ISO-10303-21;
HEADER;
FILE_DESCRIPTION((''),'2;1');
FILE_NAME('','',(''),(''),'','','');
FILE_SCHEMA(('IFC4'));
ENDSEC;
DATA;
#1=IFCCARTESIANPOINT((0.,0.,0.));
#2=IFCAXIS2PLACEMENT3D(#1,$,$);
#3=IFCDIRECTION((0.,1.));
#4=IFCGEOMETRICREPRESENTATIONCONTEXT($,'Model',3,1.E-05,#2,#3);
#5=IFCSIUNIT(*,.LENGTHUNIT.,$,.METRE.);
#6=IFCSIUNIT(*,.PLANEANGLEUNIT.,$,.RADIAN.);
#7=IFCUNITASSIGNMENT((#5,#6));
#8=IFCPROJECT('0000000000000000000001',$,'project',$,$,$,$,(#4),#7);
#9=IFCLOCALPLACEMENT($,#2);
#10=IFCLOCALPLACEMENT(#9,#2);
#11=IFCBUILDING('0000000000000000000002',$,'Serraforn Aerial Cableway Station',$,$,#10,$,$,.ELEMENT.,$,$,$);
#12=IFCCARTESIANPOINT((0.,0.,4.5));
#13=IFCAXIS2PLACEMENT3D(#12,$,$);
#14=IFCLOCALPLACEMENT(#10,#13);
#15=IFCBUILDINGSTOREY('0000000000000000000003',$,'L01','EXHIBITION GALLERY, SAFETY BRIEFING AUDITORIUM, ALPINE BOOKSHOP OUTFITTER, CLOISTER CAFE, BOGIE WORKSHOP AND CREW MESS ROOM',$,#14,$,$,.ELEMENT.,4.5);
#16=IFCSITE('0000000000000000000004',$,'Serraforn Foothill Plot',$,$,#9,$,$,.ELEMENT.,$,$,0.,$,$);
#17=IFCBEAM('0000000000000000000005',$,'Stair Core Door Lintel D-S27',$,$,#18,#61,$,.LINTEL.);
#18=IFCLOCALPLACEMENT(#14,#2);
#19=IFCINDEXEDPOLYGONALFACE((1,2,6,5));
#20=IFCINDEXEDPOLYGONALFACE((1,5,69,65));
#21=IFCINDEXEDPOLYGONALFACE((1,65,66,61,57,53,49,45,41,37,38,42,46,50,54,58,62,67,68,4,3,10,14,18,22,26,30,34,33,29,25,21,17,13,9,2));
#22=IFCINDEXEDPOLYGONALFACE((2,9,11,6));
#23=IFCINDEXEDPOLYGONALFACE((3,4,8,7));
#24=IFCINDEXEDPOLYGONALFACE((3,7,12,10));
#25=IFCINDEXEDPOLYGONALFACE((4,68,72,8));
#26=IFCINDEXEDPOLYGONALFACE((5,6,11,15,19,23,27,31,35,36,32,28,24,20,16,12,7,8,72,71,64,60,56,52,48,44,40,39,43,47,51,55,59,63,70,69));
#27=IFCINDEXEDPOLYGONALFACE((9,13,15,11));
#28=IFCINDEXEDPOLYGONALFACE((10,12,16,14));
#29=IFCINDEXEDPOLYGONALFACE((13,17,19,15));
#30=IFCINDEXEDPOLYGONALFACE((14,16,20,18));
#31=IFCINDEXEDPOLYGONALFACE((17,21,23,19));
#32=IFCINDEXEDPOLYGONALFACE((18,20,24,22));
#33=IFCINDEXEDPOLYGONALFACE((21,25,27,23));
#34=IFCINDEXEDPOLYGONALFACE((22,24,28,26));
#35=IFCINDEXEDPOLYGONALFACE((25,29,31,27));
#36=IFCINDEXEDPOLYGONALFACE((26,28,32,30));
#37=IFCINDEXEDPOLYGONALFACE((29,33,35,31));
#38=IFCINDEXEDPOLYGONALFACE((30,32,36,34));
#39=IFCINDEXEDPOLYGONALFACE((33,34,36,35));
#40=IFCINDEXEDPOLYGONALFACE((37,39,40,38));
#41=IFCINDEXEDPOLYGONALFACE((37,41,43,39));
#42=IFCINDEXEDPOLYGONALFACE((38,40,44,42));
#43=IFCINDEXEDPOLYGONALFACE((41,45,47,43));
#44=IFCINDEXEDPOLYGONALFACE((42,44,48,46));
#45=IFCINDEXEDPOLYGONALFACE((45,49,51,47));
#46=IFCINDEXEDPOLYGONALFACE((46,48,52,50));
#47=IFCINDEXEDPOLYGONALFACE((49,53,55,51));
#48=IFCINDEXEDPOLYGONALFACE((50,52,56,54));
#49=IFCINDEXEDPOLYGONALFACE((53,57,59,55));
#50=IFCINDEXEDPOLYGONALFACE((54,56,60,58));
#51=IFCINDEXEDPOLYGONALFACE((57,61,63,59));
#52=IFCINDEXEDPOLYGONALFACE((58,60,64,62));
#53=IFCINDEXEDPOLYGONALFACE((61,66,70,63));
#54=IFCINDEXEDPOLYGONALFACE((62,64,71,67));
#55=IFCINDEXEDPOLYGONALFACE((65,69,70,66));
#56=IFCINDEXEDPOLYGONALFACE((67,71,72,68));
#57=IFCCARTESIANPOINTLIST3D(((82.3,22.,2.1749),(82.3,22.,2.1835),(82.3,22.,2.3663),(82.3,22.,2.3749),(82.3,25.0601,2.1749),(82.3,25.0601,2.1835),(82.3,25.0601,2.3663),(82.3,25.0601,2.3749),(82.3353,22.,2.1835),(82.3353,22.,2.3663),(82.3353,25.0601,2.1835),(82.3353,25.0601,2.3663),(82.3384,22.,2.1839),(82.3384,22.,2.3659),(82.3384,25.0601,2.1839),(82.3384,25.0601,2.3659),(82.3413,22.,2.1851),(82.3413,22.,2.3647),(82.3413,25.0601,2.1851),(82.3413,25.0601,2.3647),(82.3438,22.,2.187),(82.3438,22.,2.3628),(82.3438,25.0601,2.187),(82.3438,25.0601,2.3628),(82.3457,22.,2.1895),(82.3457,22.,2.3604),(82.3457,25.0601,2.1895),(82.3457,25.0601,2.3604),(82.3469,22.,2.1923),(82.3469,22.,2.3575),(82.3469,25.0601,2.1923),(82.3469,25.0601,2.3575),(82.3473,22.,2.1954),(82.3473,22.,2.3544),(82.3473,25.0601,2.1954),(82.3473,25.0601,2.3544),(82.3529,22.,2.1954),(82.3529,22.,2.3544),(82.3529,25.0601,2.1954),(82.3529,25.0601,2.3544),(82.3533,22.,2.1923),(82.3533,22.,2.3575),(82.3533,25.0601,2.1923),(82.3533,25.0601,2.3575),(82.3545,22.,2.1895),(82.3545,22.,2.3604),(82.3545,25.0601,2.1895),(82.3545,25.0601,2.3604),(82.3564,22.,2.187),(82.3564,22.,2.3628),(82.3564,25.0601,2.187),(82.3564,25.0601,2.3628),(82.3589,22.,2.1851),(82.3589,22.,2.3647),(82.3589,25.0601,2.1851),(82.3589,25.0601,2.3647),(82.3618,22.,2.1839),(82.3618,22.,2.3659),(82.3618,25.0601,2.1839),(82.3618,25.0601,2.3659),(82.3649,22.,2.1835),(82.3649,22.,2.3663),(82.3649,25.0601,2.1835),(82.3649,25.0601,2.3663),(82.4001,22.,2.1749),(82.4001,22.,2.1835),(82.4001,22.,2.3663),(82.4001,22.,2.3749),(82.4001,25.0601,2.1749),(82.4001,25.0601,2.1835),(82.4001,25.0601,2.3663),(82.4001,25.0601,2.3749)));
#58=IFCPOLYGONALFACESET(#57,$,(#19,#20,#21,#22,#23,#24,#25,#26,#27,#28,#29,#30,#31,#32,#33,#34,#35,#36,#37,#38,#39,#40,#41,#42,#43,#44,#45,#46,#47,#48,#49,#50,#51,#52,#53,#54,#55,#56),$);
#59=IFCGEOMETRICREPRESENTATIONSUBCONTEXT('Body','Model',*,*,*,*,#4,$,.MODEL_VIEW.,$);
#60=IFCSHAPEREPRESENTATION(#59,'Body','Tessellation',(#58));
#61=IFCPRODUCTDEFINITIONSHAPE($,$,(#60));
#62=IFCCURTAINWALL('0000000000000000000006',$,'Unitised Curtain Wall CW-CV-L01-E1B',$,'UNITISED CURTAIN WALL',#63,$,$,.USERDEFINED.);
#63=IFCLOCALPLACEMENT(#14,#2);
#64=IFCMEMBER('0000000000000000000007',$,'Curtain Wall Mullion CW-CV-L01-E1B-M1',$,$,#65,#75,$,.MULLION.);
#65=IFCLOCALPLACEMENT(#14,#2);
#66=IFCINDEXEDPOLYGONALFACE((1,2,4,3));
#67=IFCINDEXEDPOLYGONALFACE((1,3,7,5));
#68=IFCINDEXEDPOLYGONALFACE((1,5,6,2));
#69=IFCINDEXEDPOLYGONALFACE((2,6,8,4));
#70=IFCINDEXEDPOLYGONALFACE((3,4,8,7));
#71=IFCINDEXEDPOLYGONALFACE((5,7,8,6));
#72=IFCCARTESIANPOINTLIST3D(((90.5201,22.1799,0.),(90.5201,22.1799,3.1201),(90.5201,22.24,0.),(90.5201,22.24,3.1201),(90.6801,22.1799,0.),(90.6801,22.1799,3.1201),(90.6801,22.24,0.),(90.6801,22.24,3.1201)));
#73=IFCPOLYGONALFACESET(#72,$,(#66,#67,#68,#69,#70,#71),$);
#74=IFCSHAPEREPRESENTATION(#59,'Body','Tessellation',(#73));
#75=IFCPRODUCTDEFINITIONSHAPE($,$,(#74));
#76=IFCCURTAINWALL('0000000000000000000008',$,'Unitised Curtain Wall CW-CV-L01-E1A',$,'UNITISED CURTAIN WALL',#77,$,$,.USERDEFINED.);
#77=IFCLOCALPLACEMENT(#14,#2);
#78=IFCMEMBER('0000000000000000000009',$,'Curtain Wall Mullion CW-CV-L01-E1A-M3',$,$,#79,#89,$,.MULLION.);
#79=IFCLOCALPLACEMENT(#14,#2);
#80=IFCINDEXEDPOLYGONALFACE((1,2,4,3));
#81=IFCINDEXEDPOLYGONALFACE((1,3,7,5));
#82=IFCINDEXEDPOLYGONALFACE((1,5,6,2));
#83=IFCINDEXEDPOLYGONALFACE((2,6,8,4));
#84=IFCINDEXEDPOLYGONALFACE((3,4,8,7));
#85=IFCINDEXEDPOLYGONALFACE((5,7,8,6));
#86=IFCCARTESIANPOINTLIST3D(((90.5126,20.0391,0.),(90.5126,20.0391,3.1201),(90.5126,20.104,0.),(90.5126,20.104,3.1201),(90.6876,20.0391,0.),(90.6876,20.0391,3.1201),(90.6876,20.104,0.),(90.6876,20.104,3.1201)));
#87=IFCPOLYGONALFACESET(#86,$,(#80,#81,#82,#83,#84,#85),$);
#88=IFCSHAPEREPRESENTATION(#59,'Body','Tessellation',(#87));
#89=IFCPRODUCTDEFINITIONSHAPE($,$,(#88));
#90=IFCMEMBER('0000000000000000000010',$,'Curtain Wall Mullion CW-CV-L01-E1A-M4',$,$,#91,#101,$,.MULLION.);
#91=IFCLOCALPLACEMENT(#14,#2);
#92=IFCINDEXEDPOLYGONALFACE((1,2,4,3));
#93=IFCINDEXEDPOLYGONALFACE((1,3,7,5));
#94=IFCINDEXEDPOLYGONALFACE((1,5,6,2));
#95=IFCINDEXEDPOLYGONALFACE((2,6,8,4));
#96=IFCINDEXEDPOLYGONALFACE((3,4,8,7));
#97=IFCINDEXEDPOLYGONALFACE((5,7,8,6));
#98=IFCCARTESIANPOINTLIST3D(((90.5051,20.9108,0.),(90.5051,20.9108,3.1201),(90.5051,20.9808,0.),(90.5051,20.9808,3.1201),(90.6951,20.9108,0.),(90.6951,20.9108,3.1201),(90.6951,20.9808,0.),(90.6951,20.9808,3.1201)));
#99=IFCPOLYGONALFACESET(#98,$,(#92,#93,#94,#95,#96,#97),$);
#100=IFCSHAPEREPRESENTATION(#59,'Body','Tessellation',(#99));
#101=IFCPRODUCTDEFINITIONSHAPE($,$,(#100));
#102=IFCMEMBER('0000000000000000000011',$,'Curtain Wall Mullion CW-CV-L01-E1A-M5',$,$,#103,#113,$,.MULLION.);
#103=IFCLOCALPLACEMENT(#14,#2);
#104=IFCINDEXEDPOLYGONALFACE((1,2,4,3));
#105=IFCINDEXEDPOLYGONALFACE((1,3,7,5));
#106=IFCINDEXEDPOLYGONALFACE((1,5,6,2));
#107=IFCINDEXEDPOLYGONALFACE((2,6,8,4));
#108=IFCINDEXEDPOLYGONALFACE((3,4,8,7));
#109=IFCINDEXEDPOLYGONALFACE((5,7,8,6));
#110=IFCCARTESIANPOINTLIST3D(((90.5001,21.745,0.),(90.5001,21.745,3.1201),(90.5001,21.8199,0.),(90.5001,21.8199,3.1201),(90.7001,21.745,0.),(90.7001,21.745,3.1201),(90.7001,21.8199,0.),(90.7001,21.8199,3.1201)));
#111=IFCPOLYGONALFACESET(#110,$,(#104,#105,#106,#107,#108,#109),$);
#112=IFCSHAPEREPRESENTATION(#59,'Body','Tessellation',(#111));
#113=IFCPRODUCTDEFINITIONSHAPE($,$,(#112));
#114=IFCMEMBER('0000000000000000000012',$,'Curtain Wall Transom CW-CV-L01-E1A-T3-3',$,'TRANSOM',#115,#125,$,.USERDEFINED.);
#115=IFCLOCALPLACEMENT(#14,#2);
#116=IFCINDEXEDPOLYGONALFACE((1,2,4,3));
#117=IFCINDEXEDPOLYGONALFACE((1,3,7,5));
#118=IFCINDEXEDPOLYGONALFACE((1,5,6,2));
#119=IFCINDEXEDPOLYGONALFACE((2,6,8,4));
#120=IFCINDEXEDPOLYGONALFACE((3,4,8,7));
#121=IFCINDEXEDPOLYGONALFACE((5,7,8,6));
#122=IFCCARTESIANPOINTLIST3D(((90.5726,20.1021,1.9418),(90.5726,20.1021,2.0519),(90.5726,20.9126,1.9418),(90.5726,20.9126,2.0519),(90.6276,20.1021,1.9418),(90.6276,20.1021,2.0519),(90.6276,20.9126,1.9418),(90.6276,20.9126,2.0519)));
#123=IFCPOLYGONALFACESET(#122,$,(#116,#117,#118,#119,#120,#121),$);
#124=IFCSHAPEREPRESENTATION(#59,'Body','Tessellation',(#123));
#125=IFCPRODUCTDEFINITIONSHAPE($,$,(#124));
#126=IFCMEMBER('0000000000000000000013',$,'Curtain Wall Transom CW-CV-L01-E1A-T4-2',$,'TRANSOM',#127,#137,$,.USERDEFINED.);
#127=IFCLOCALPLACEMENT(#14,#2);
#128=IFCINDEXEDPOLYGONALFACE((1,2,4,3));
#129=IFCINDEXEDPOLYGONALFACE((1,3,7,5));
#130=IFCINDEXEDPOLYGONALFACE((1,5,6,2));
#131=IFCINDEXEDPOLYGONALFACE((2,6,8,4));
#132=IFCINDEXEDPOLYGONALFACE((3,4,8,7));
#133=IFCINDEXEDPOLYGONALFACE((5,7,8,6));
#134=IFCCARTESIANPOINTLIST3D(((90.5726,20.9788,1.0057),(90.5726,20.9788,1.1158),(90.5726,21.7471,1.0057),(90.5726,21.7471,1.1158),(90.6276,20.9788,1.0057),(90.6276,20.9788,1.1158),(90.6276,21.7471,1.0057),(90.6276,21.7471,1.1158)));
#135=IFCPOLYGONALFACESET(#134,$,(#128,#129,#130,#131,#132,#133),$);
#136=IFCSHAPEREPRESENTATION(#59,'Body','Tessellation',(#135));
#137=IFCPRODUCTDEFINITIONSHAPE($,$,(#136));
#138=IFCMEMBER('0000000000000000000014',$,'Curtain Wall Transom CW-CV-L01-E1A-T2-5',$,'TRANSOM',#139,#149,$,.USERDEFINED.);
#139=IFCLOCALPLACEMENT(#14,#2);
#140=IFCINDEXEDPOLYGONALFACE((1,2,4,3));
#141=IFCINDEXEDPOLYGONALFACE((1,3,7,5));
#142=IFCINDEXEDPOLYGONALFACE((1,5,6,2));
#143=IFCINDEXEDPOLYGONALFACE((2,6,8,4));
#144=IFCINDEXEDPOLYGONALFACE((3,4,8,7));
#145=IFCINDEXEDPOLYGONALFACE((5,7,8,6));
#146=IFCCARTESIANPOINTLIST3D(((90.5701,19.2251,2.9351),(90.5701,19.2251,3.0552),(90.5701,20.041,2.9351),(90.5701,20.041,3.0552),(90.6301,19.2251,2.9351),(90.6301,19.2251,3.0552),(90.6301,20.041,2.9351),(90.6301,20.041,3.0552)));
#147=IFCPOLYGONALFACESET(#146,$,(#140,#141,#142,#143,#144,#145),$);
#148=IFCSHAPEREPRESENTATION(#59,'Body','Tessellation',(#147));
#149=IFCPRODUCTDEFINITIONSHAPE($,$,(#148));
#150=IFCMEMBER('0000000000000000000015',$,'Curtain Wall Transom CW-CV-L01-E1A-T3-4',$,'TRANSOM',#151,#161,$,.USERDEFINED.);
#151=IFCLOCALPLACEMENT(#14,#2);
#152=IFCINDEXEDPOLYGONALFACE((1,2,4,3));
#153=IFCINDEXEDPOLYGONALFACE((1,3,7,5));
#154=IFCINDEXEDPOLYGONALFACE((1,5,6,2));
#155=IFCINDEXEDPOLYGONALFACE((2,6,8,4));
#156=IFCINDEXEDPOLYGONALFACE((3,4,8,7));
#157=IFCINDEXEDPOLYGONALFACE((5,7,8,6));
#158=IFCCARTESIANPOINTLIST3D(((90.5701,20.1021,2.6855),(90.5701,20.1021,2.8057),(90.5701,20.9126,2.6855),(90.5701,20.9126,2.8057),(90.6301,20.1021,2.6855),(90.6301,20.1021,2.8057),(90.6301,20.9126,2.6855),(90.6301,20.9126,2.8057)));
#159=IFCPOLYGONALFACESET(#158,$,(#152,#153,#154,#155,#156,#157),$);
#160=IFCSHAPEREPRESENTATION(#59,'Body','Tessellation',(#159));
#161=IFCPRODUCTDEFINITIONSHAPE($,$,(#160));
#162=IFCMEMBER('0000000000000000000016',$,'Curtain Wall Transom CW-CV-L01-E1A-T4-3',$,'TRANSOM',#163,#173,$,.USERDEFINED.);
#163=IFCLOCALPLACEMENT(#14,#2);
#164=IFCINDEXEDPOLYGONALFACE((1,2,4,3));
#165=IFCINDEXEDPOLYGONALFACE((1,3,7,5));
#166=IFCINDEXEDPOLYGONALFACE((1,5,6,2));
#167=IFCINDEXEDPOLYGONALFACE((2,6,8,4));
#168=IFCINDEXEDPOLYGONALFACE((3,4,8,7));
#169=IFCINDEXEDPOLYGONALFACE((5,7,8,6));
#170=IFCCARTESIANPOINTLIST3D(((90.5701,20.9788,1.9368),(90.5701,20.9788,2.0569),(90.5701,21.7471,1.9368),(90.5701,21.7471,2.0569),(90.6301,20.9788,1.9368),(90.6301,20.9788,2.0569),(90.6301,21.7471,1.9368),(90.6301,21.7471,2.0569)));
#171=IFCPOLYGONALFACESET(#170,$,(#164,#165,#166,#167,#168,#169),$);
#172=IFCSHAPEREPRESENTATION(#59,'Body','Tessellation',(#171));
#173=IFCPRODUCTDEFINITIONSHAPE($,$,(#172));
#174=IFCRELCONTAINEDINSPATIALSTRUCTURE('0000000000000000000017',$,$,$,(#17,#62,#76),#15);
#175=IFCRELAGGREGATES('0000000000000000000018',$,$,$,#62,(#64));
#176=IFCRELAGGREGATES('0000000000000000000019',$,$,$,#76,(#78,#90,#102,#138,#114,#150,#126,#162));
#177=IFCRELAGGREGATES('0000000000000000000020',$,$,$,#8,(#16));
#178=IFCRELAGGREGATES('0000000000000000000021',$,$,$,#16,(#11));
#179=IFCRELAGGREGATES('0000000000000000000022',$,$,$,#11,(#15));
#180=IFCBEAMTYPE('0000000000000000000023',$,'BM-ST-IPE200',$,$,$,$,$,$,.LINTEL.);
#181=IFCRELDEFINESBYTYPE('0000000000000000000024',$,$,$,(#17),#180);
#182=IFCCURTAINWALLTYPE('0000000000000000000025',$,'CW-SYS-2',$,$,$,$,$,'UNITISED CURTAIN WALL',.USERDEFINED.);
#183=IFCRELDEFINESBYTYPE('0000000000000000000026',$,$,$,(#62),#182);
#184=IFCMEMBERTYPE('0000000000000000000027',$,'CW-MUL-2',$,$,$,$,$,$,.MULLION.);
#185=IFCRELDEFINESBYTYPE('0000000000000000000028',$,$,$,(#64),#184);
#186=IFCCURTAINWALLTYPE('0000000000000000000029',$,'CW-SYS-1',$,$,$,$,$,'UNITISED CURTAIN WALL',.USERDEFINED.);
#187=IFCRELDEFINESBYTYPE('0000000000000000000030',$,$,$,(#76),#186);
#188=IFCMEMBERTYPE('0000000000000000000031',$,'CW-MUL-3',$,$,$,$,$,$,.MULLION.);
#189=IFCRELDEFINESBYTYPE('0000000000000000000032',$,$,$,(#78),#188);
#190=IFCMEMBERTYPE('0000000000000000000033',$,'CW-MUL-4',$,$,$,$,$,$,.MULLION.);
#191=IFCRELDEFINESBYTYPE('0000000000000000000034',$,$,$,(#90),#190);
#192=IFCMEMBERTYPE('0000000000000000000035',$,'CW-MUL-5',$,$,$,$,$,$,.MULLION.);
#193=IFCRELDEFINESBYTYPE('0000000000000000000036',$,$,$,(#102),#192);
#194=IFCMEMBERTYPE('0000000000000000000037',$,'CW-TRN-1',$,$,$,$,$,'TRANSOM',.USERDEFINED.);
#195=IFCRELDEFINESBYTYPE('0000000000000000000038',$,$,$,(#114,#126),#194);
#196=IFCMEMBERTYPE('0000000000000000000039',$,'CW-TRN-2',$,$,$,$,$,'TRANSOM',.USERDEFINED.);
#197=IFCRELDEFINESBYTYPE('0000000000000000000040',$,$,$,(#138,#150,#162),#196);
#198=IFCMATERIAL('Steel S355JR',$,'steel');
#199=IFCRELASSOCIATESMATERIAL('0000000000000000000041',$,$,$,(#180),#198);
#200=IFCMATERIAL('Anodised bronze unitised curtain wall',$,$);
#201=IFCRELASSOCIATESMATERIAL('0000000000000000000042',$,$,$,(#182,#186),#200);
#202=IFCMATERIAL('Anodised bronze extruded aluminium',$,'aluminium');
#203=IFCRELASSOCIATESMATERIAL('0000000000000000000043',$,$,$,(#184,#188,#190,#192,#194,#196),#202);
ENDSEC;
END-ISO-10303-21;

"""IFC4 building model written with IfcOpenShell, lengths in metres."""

from ifc_helpers import new_model, si_unit, direction, frame, origin, origin_2d, place, context, subcontext, project, spatial, rectangle, i_section, extrude, material, material_profile, profile_set, type_object, element, aggregate, save


model = new_model("IFC4")

# Units and contexts
model_context = context("Model", 3, precision=1e-05, world=origin(), true_north=direction((0.0, 1.0)))
body_context = subcontext(model_context, "Body", "Model", "MODEL_VIEW")
ifc_project = project(units=[si_unit("LENGTHUNIT", "METRE"), si_unit("PLANEANGLEUNIT", "RADIAN")], contexts=[model_context])

# Site, building, storey
site_placement = place(None, origin())
site = spatial("IfcSite", under=ifc_project, at=site_placement, Name="Serraforn Foothill Plot", CompositionType="ELEMENT", RefElevation=0.0)
building_placement = place(site_placement, origin())
building = spatial("IfcBuilding", under=site, at=building_placement, Name="Serraforn Aerial Cableway Station", CompositionType="ELEMENT")
storey_placement = place(building_placement, frame((0.0, 0.0, 4.5)))
storey = spatial("IfcBuildingStorey", under=building, at=storey_placement, Name="L01", Description="EXHIBITION GALLERY, SAFETY BRIEFING AUDITORIUM, ALPINE BOOKSHOP OUTFITTER, CLOISTER CAFE, BOGIE WORKSHOP AND CREW MESS ROOM", CompositionType="ELEMENT", Elevation=4.5)

# Beam
ifc_material_1 = material(Name="Steel S355JR", Category="steel")
ifc_material_profile_1 = material_profile(ifc_material_1, i_section(OverallWidth=0.1001, OverallDepth=0.2, WebThickness=0.0056, FlangeThickness=0.0085, FilletRadius=0.012, at=origin_2d()), Name="IPE 200")
ifc_profile_set_1 = profile_set([ifc_material_profile_1], Name="Steel S355JR")
beam_type = type_object("IfcBeamType", Name="BM-ST-IPE200", PredefinedType="LINTEL", material=ifc_profile_set_1)
beam_placement = place(storey_placement, frame((82.3501, 22.0, 2.2749), z_axis=(0.0, 1.0, 0.0), x_axis=(-1.0, 0.0, 0.0)))
element("IfcBeam", 1, at=beam_placement, inside=storey, type_object=beam_type, Name="Stair Core Door Lintel D-S27", PredefinedType="LINTEL", context=body_context, shape_type="SweptSolid", body=[
    extrude(i_section(OverallWidth=0.1001, OverallDepth=0.2, WebThickness=0.0056, FlangeThickness=0.0085, FilletRadius=0.012, at=origin_2d()), origin(), (0.0, 0.0, 1.0), 3.0601),
])

# Curtain wall, member
ifc_material_2 = material(Name="Anodised bronze unitised curtain wall")
curtain_wall_type_1 = type_object("IfcCurtainWallType", Name="CW-SYS-2", ElementType="UNITISED CURTAIN WALL", PredefinedType="USERDEFINED", material=ifc_material_2)
curtain_wall_1_placement = place(storey_placement, origin())
curtain_wall_1 = element("IfcCurtainWall", 2, at=curtain_wall_1_placement, inside=storey, type_object=curtain_wall_type_1, Name="Unitised Curtain Wall CW-CV-L01-E1B", ObjectType="UNITISED CURTAIN WALL", PredefinedType="USERDEFINED")
ifc_material_3 = material(Name="Anodised bronze extruded aluminium", Category="aluminium")
ifc_material_profile_2 = material_profile(ifc_material_3, rectangle(XDim=0.0601, YDim=0.1599, at=origin_2d()), Name="CW MULLION 60x160")
ifc_profile_set_2 = profile_set([ifc_material_profile_2], Name="Anodised bronze extruded aluminium")
member_type_1 = type_object("IfcMemberType", Name="CW-MUL-2", PredefinedType="MULLION", material=ifc_profile_set_2)
member_1_placement = place(storey_placement, frame((90.6001, 22.21, 0.0), z_axis=(0.0, 0.0, 1.0), x_axis=(0.0, 1.0, 0.0)))
member_1 = element("IfcMember", 3, at=member_1_placement, type_object=member_type_1, Name="Curtain Wall Mullion CW-CV-L01-E1B-M1", PredefinedType="MULLION", context=body_context, shape_type="SweptSolid", body=[
    extrude(rectangle(XDim=0.0601, YDim=0.1599, at=origin_2d()), origin(), (0.0, 0.0, 1.0), 3.1201),
])
aggregate(curtain_wall_1, [member_1])

# Curtain wall, members
curtain_wall_type_2 = type_object("IfcCurtainWallType", Name="CW-SYS-1", ElementType="UNITISED CURTAIN WALL", PredefinedType="USERDEFINED", material=ifc_material_2)
curtain_wall_2_placement = place(storey_placement, origin())
curtain_wall_2 = element("IfcCurtainWall", 4, at=curtain_wall_2_placement, inside=storey, type_object=curtain_wall_type_2, Name="Unitised Curtain Wall CW-CV-L01-E1A", ObjectType="UNITISED CURTAIN WALL", PredefinedType="USERDEFINED")
ifc_material_profile_3 = material_profile(ifc_material_3, rectangle(XDim=0.0649, YDim=0.175, at=origin_2d()), Name="CW MULLION 65x175")
ifc_profile_set_3 = profile_set([ifc_material_profile_3], Name="Anodised bronze extruded aluminium")
member_type_2 = type_object("IfcMemberType", Name="CW-MUL-3", PredefinedType="MULLION", material=ifc_profile_set_3)
member_2_placement = place(storey_placement, frame((90.6001, 20.0715, 0.0), z_axis=(0.0, 0.0, 1.0), x_axis=(0.0, 1.0, 0.0)))
member_2 = element("IfcMember", 5, at=member_2_placement, type_object=member_type_2, Name="Curtain Wall Mullion CW-CV-L01-E1A-M3", PredefinedType="MULLION", context=body_context, shape_type="SweptSolid", body=[
    extrude(rectangle(XDim=0.0649, YDim=0.175, at=origin_2d()), origin(), (0.0, 0.0, 1.0), 3.1201),
])
ifc_material_profile_4 = material_profile(ifc_material_3, rectangle(XDim=0.0701, YDim=0.1899, at=origin_2d()), Name="CW MULLION 70x190")
ifc_profile_set_4 = profile_set([ifc_material_profile_4], Name="Anodised bronze extruded aluminium")
member_type_3 = type_object("IfcMemberType", Name="CW-MUL-4", PredefinedType="MULLION", material=ifc_profile_set_4)
member_3_placement = place(storey_placement, frame((90.6001, 20.9458, 0.0), z_axis=(0.0, 0.0, 1.0), x_axis=(0.0, 1.0, 0.0)))
member_3 = element("IfcMember", 6, at=member_3_placement, type_object=member_type_3, Name="Curtain Wall Mullion CW-CV-L01-E1A-M4", PredefinedType="MULLION", context=body_context, shape_type="SweptSolid", body=[
    extrude(rectangle(XDim=0.0701, YDim=0.1899, at=origin_2d()), origin(), (0.0, 0.0, 1.0), 3.1201),
])
ifc_material_profile_5 = material_profile(ifc_material_3, rectangle(XDim=0.075, YDim=0.2, at=origin_2d()), Name="CW MULLION 75x200")
ifc_profile_set_5 = profile_set([ifc_material_profile_5], Name="Anodised bronze extruded aluminium")
member_type_4 = type_object("IfcMemberType", Name="CW-MUL-5", PredefinedType="MULLION", material=ifc_profile_set_5)
member_4_placement = place(storey_placement, frame((90.6001, 21.7825, 0.0), z_axis=(0.0, 0.0, 1.0), x_axis=(0.0, 1.0, 0.0)))
member_4 = element("IfcMember", 7, at=member_4_placement, type_object=member_type_4, Name="Curtain Wall Mullion CW-CV-L01-E1A-M5", PredefinedType="MULLION", context=body_context, shape_type="SweptSolid", body=[
    extrude(rectangle(XDim=0.075, YDim=0.2, at=origin_2d()), origin(), (0.0, 0.0, 1.0), 3.1201),
])
ifc_material_profile_6 = material_profile(ifc_material_3, rectangle(XDim=0.0549, YDim=0.1101, at=origin_2d()), Name="CW TRANSOM 55x110")
ifc_profile_set_6 = profile_set([ifc_material_profile_6], Name="Anodised bronze extruded aluminium")
member_type_5 = type_object("IfcMemberType", Name="CW-TRN-1", ElementType="TRANSOM", PredefinedType="USERDEFINED", material=ifc_profile_set_6)
member_5_placement = place(storey_placement, frame((90.6001, 20.1021, 1.9968), z_axis=(0.0, 1.0, 0.0), x_axis=(-1.0, 0.0, 0.0)))
member_5 = element("IfcMember", 8, at=member_5_placement, type_object=member_type_5, Name="Curtain Wall Transom CW-CV-L01-E1A-T3-3", ObjectType="TRANSOM", PredefinedType="USERDEFINED", context=body_context, shape_type="SweptSolid", body=[
    extrude(rectangle(XDim=0.0549, YDim=0.1101, at=origin_2d()), origin(), (0.0, 0.0, 1.0), 0.8105),
])
member_6_placement = place(storey_placement, frame((90.6001, 20.9788, 1.0608), z_axis=(0.0, 1.0, 0.0), x_axis=(-1.0, 0.0, 0.0)))
member_6 = element("IfcMember", 9, at=member_6_placement, type_object=member_type_5, Name="Curtain Wall Transom CW-CV-L01-E1A-T4-2", ObjectType="TRANSOM", PredefinedType="USERDEFINED", context=body_context, shape_type="SweptSolid", body=[
    extrude(rectangle(XDim=0.0549, YDim=0.1101, at=origin_2d()), origin(), (0.0, 0.0, 1.0), 0.7683),
])
ifc_material_profile_7 = material_profile(ifc_material_3, rectangle(XDim=0.0601, YDim=0.1201, at=origin_2d()), Name="CW TRANSOM 60x120")
ifc_profile_set_7 = profile_set([ifc_material_profile_7], Name="Anodised bronze extruded aluminium")
member_type_6 = type_object("IfcMemberType", Name="CW-TRN-2", ElementType="TRANSOM", PredefinedType="USERDEFINED", material=ifc_profile_set_7)
member_7_placement = place(storey_placement, frame((90.6001, 19.2251, 2.9951), z_axis=(0.0, 1.0, 0.0), x_axis=(-1.0, 0.0, 0.0)))
member_7 = element("IfcMember", 10, at=member_7_placement, type_object=member_type_6, Name="Curtain Wall Transom CW-CV-L01-E1A-T2-5", ObjectType="TRANSOM", PredefinedType="USERDEFINED", context=body_context, shape_type="SweptSolid", body=[
    extrude(rectangle(XDim=0.0601, YDim=0.1201, at=origin_2d()), origin(), (0.0, 0.0, 1.0), 0.8159),
])
member_8_placement = place(storey_placement, frame((90.6001, 20.1021, 2.7456), z_axis=(0.0, 1.0, 0.0), x_axis=(-1.0, 0.0, 0.0)))
member_8 = element("IfcMember", 11, at=member_8_placement, type_object=member_type_6, Name="Curtain Wall Transom CW-CV-L01-E1A-T3-4", ObjectType="TRANSOM", PredefinedType="USERDEFINED", context=body_context, shape_type="SweptSolid", body=[
    extrude(rectangle(XDim=0.0601, YDim=0.1201, at=origin_2d()), origin(), (0.0, 0.0, 1.0), 0.8105),
])
member_9_placement = place(storey_placement, frame((90.6001, 20.9788, 1.9968), z_axis=(0.0, 1.0, 0.0), x_axis=(-1.0, 0.0, 0.0)))
member_9 = element("IfcMember", 12, at=member_9_placement, type_object=member_type_6, Name="Curtain Wall Transom CW-CV-L01-E1A-T4-3", ObjectType="TRANSOM", PredefinedType="USERDEFINED", context=body_context, shape_type="SweptSolid", body=[
    extrude(rectangle(XDim=0.0601, YDim=0.1201, at=origin_2d()), origin(), (0.0, 0.0, 1.0), 0.7683),
])
aggregate(curtain_wall_2, [member_2, member_3, member_4, member_7, member_5, member_8, member_6, member_9])

save(model, "model.ifc")
